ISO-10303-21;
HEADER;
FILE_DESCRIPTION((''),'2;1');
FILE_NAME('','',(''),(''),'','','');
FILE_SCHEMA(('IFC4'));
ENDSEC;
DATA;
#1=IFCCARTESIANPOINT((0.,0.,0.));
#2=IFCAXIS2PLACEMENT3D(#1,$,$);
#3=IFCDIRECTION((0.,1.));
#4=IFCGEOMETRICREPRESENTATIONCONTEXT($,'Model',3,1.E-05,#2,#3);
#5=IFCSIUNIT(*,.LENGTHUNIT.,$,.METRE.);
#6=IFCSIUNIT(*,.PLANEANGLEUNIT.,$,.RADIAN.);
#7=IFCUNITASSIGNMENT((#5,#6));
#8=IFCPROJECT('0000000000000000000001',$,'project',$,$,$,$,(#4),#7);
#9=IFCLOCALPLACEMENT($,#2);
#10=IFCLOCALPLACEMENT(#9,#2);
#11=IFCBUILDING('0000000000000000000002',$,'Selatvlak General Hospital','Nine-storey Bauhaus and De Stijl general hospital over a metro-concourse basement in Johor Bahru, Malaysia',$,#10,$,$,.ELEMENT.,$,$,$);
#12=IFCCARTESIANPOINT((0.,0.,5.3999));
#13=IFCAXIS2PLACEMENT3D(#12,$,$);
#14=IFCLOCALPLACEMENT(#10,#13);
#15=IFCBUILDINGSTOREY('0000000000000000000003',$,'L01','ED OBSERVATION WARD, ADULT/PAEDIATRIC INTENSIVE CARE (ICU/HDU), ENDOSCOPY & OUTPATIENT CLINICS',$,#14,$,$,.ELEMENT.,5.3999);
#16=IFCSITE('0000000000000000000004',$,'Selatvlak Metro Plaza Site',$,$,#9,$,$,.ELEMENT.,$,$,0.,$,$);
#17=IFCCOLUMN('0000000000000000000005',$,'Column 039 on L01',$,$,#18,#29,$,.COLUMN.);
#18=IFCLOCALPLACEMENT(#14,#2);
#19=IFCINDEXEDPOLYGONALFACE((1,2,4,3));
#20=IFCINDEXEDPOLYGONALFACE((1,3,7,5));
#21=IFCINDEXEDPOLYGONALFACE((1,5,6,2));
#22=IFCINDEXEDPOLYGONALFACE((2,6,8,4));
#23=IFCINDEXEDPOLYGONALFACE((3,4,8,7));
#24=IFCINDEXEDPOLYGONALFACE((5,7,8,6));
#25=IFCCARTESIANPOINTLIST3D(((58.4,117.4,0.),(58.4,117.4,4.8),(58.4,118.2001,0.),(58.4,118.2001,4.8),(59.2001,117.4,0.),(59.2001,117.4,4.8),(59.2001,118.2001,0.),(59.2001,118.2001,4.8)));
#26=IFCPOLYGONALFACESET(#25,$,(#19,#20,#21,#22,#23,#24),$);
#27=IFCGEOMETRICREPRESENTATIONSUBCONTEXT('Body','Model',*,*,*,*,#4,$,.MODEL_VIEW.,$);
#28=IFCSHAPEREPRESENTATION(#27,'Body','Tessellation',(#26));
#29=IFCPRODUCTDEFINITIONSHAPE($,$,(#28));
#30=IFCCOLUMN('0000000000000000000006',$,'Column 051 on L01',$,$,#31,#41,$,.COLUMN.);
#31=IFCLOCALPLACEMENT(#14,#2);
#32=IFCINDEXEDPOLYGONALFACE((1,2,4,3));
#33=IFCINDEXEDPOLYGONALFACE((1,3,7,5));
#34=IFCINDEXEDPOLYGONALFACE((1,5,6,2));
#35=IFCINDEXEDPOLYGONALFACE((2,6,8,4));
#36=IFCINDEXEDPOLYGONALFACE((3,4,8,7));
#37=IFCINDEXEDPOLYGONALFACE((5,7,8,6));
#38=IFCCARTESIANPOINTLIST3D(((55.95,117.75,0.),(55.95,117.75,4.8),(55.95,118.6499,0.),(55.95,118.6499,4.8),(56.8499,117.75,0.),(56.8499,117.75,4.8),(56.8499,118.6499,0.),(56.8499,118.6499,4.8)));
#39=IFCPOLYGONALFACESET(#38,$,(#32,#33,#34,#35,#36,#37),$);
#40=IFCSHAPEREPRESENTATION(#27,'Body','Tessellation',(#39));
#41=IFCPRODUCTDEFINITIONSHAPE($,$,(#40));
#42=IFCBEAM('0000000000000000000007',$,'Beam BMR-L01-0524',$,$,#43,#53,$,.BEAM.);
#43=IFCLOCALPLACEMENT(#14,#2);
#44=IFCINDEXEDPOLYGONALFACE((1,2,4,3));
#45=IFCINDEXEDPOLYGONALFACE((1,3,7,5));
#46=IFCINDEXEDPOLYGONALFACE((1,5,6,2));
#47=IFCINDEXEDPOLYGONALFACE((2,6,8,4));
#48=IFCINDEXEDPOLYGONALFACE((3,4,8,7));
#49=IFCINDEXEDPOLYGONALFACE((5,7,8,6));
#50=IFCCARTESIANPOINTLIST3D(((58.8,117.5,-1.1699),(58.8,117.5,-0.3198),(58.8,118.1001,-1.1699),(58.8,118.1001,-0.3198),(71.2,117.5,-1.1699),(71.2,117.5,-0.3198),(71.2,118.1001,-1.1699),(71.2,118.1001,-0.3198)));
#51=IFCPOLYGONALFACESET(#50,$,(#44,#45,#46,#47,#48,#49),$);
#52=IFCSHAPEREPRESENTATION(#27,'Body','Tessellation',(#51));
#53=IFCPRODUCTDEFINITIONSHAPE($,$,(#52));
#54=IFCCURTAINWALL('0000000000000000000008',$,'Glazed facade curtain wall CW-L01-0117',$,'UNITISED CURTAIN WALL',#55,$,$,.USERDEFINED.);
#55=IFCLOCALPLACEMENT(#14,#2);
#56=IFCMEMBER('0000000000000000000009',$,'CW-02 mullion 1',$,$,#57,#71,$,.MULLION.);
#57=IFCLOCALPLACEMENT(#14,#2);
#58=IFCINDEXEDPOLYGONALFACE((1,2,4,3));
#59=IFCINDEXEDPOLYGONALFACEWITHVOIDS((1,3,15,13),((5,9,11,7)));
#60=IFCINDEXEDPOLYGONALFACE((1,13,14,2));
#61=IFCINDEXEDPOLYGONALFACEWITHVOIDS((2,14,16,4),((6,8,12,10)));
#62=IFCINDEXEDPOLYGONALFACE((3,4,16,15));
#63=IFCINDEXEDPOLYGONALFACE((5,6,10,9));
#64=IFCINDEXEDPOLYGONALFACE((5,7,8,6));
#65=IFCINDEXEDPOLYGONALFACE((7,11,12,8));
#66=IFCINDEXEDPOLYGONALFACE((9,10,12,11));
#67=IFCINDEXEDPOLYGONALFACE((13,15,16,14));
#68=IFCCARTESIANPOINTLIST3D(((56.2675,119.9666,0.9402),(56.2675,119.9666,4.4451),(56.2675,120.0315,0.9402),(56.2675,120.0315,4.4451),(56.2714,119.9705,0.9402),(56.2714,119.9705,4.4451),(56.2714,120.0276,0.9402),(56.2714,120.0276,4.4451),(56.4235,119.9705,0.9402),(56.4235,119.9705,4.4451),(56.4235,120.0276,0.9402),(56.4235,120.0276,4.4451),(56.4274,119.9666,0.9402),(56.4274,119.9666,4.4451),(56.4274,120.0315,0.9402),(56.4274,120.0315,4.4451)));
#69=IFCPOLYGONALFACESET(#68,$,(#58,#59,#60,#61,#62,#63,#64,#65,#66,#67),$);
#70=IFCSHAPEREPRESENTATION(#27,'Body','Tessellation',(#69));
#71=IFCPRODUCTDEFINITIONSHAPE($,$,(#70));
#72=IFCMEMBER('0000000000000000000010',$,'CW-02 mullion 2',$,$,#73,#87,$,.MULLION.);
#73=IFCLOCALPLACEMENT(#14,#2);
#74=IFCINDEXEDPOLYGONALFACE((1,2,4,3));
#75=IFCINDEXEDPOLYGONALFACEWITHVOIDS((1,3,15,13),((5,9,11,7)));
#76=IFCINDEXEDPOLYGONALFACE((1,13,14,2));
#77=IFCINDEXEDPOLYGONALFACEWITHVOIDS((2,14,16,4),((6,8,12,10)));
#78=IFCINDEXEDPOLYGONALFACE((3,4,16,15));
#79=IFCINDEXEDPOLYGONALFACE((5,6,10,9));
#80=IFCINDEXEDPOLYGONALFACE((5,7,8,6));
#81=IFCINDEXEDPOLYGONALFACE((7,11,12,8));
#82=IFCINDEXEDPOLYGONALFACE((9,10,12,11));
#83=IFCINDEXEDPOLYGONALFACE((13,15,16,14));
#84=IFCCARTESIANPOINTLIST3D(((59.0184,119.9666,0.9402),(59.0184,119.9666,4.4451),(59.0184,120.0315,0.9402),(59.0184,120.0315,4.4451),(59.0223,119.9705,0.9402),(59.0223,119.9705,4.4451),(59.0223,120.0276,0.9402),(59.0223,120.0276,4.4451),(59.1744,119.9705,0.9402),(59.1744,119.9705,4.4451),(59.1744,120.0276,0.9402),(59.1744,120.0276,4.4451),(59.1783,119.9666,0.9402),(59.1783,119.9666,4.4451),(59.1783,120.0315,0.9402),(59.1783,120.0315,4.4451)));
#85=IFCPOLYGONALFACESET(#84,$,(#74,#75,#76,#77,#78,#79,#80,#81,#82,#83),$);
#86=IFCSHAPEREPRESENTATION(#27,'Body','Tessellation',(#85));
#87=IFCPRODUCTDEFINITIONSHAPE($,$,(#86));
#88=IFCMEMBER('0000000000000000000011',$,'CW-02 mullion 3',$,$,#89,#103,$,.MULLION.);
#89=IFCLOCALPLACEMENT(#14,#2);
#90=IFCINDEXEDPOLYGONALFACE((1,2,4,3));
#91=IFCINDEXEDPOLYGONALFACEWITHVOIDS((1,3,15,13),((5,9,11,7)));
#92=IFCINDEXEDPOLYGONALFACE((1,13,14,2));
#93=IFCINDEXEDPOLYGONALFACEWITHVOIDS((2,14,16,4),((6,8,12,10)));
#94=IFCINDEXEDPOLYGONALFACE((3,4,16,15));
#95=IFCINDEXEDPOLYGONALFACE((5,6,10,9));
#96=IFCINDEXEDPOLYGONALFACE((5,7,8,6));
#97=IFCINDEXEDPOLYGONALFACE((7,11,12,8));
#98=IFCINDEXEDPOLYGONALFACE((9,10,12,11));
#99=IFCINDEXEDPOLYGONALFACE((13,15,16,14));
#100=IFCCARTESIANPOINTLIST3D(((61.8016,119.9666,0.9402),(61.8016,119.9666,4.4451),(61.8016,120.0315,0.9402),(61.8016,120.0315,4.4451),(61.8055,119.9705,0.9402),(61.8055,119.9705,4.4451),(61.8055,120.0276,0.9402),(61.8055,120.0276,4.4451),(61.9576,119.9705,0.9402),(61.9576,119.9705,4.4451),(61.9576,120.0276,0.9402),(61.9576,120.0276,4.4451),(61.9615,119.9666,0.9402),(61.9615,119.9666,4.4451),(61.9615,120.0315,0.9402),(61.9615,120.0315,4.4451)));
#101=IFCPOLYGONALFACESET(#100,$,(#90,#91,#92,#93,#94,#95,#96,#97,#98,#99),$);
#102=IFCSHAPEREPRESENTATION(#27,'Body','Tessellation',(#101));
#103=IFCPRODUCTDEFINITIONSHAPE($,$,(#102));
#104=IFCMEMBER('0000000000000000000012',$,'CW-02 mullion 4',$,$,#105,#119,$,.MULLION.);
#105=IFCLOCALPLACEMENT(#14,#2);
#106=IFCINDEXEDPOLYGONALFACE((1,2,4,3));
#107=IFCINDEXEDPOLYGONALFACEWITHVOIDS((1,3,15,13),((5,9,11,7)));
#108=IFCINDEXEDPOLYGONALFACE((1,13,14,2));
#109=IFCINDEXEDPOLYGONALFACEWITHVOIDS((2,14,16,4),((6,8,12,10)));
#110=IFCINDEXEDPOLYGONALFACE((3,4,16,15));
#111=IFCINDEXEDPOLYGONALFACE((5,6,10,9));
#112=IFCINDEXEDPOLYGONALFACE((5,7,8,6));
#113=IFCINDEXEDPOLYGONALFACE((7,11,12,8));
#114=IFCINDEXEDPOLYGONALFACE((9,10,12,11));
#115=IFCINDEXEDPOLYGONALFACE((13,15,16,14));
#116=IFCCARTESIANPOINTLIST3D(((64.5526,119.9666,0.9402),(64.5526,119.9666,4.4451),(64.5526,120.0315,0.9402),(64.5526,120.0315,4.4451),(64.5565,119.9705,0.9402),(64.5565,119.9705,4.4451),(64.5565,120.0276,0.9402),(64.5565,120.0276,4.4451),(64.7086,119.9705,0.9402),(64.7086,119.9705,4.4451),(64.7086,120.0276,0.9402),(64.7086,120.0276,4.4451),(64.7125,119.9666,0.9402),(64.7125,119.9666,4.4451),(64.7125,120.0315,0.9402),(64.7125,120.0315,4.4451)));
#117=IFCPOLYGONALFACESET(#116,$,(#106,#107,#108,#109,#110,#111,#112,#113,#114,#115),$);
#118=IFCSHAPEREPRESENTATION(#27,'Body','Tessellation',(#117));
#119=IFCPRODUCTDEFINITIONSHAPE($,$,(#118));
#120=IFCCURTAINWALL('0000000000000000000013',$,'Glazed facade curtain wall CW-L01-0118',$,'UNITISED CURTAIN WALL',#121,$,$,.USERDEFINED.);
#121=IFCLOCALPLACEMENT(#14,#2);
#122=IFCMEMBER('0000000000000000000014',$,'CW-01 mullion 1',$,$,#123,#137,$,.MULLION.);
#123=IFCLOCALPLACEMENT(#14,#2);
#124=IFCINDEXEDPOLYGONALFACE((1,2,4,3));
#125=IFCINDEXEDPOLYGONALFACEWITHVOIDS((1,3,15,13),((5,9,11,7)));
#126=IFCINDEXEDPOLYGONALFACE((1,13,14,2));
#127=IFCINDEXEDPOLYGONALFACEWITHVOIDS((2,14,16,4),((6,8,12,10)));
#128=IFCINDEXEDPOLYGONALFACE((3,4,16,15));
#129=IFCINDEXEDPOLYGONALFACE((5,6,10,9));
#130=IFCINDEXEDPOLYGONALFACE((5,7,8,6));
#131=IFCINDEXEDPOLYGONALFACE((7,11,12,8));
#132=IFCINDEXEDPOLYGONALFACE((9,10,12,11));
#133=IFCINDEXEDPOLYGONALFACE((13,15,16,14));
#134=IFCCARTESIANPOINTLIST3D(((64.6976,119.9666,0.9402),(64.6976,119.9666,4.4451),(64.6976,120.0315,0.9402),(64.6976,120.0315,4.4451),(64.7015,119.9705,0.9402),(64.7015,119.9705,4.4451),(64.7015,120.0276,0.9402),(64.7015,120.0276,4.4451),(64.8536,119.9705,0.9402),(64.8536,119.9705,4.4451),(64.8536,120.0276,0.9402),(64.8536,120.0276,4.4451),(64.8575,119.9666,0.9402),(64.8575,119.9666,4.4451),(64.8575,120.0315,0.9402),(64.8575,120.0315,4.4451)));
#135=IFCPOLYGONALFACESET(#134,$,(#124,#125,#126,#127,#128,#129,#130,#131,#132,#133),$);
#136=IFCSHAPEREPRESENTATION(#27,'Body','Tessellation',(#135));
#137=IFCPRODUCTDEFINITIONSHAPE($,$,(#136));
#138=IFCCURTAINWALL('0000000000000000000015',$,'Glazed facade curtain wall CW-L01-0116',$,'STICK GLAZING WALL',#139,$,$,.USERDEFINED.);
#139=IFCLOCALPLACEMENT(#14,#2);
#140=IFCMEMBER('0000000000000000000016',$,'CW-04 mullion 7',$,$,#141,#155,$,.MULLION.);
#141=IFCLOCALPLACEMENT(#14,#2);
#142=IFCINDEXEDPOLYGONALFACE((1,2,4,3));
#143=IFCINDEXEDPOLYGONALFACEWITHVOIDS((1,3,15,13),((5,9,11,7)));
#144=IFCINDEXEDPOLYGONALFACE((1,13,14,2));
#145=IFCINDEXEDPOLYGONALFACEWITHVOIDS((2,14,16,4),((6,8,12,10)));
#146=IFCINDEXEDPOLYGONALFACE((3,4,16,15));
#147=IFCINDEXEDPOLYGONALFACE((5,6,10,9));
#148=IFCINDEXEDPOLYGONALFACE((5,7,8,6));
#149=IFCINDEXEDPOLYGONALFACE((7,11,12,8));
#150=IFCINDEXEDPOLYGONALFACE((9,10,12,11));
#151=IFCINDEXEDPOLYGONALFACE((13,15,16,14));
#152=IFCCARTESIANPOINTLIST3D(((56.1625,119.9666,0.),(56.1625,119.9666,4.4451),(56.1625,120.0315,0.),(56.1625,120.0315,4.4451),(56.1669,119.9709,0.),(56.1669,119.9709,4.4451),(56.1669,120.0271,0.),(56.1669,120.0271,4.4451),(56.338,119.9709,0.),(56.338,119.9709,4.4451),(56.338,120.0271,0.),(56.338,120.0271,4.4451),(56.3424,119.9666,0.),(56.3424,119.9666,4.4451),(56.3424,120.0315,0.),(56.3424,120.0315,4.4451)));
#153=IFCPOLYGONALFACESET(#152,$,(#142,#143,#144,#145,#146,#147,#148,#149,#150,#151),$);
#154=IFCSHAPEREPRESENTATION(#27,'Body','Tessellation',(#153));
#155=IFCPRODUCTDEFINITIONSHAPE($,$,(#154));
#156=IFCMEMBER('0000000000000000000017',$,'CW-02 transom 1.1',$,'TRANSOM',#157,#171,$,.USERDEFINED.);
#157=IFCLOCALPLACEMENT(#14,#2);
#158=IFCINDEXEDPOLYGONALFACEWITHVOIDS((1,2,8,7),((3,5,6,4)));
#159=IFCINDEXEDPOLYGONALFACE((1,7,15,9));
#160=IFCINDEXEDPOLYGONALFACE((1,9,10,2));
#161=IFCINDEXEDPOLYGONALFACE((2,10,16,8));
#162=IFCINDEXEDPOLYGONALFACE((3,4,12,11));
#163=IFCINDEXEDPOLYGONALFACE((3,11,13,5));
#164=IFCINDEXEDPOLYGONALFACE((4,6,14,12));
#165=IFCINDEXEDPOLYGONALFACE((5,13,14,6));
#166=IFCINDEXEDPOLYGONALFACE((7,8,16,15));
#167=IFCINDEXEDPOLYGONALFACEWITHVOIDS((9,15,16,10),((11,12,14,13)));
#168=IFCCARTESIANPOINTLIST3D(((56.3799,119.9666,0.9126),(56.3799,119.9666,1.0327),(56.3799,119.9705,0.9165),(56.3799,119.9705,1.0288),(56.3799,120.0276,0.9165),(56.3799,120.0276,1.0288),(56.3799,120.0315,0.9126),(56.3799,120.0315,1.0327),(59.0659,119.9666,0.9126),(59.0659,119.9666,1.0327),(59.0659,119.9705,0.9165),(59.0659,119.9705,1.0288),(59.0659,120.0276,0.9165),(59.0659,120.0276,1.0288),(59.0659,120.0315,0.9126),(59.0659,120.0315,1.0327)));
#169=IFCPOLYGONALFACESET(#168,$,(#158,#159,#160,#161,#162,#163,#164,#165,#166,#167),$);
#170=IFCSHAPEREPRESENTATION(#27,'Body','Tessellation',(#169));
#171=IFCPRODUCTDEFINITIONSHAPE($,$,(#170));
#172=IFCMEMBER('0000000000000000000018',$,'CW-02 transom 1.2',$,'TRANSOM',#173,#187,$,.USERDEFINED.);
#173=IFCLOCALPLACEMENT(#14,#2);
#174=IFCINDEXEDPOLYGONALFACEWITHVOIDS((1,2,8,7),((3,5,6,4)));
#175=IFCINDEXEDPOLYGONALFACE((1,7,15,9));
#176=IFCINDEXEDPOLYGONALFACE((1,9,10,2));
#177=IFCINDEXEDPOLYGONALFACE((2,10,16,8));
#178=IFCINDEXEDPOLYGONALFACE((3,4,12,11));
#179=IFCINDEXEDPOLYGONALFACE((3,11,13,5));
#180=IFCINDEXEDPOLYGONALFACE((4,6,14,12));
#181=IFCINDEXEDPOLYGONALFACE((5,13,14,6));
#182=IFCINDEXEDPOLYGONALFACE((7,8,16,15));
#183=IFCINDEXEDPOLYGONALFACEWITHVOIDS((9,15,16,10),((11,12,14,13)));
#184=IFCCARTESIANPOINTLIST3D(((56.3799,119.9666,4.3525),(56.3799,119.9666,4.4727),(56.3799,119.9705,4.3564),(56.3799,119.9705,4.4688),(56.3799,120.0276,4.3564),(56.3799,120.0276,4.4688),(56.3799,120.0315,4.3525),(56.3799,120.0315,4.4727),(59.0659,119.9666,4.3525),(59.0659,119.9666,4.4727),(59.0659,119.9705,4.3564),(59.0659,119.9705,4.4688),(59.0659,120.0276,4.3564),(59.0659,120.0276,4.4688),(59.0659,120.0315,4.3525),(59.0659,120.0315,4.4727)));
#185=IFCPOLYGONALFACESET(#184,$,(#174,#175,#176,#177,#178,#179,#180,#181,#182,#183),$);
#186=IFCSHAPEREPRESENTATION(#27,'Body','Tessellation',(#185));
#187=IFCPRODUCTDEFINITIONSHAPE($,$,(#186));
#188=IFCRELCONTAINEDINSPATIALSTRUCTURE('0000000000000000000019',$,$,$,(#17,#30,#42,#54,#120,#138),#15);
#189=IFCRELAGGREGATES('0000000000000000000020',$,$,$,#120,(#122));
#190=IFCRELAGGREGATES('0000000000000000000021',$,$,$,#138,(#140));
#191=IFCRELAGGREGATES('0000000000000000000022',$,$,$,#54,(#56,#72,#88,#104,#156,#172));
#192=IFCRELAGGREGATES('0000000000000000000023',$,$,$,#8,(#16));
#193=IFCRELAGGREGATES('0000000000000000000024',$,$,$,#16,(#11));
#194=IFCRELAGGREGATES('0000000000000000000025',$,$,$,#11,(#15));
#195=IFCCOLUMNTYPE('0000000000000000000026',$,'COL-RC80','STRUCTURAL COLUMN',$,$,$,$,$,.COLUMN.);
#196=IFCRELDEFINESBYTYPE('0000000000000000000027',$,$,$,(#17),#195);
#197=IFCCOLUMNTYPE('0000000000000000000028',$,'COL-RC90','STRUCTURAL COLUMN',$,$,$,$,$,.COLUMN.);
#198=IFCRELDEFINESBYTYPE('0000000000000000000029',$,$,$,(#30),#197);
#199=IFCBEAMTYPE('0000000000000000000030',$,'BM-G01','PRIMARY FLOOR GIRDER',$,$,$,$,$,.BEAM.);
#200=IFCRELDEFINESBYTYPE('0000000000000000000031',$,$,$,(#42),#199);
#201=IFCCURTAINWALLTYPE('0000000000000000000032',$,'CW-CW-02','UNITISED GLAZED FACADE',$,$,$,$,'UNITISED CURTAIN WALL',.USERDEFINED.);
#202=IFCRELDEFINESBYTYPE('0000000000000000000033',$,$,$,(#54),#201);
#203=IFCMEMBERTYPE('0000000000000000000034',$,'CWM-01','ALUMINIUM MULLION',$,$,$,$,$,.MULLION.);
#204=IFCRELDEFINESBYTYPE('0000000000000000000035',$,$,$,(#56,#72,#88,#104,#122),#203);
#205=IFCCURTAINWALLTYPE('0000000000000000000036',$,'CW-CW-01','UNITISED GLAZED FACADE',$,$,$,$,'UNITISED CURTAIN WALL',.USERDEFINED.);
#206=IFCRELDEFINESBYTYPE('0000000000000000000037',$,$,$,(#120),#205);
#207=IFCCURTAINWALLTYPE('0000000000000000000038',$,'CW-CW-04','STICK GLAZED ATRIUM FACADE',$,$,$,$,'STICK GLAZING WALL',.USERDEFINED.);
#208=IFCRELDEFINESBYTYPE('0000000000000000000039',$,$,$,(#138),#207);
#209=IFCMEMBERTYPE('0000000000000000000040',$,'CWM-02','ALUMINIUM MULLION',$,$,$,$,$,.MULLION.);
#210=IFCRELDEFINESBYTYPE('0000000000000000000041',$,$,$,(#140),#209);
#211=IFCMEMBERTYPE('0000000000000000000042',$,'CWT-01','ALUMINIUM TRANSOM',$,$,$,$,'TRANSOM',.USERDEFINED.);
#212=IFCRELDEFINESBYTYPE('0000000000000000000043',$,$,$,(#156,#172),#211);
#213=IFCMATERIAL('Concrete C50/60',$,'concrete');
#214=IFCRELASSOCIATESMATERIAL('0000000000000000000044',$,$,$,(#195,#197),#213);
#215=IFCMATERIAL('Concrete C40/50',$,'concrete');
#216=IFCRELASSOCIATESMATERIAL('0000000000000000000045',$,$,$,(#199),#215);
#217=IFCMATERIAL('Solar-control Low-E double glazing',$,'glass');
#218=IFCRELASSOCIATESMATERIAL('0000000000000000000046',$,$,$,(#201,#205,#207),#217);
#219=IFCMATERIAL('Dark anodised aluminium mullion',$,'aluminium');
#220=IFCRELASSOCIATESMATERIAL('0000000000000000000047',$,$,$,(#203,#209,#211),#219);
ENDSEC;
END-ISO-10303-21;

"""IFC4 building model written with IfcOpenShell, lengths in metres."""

from ifc_helpers import new_model, si_unit, direction, frame, origin, origin_2d, place, context, subcontext, project, spatial, rectangle, hollow_rectangle, extrude, material, material_profile, profile_set, type_object, element, aggregate, save


model = new_model("IFC4")

# Units and contexts
model_context = context("Model", 3, precision=1e-05, world=origin(), true_north=direction((0.0, 1.0)))
body_context = subcontext(model_context, "Body", "Model", "MODEL_VIEW")
ifc_project = project(units=[si_unit("LENGTHUNIT", "METRE"), si_unit("PLANEANGLEUNIT", "RADIAN")], contexts=[model_context])

# Site, building, storey
site_placement = place(None, origin())
site = spatial("IfcSite", under=ifc_project, at=site_placement, Name="Selatvlak Metro Plaza Site", CompositionType="ELEMENT", RefElevation=0.0)
building_placement = place(site_placement, origin())
building = spatial("IfcBuilding", under=site, at=building_placement, Name="Selatvlak General Hospital", Description="Nine-storey Bauhaus and De Stijl general hospital over a metro-concourse basement in Johor Bahru, Malaysia", CompositionType="ELEMENT")
storey_placement = place(building_placement, frame((0.0, 0.0, 5.3999)))
storey = spatial("IfcBuildingStorey", under=building, at=storey_placement, Name="L01", Description="ED OBSERVATION WARD, ADULT/PAEDIATRIC INTENSIVE CARE (ICU/HDU), ENDOSCOPY & OUTPATIENT CLINICS", CompositionType="ELEMENT", Elevation=5.3999)

# Columns
ifc_material_1 = material(Name="Concrete C50/60", Category="concrete")
ifc_material_profile_1 = material_profile(ifc_material_1, rectangle(XDim=0.8, YDim=0.8, at=origin_2d()), Name="RC-COL 800x800")
ifc_profile_set_1 = profile_set([ifc_material_profile_1], Name="Concrete C50/60")
column_type_1 = type_object("IfcColumnType", Name="COL-RC80", Description="STRUCTURAL COLUMN", PredefinedType="COLUMN", material=ifc_profile_set_1)
column_1_placement = place(storey_placement, frame((58.8, 117.8, 0.0), z_axis=(0.0, 0.0, 1.0), x_axis=(1.0, 0.0, 0.0)))
element("IfcColumn", 1, at=column_1_placement, inside=storey, type_object=column_type_1, Name="Column 039 on L01", PredefinedType="COLUMN", context=body_context, shape_type="SweptSolid", body=[
    extrude(rectangle(XDim=0.8, YDim=0.8, at=origin_2d()), origin(), (0.0, 0.0, 1.0), 4.8),
])
ifc_material_profile_2 = material_profile(ifc_material_1, rectangle(XDim=0.8999, YDim=0.8999, at=origin_2d()), Name="RC-COL 900x900")
ifc_profile_set_2 = profile_set([ifc_material_profile_2], Name="Concrete C50/60")
column_type_2 = type_object("IfcColumnType", Name="COL-RC90", Description="STRUCTURAL COLUMN", PredefinedType="COLUMN", material=ifc_profile_set_2)
column_2_placement = place(storey_placement, frame((56.3999, 118.2, 0.0), z_axis=(0.0, 0.0, 1.0), x_axis=(1.0, 0.0, 0.0)))
element("IfcColumn", 2, at=column_2_placement, inside=storey, type_object=column_type_2, Name="Column 051 on L01", PredefinedType="COLUMN", context=body_context, shape_type="SweptSolid", body=[
    extrude(rectangle(XDim=0.8999, YDim=0.8999, at=origin_2d()), origin(), (0.0, 0.0, 1.0), 4.8),
])

# Beam
ifc_material_2 = material(Name="Concrete C40/50", Category="concrete")
ifc_material_profile_3 = material_profile(ifc_material_2, rectangle(XDim=0.6001, YDim=0.8501, at=origin_2d()), Name="RC-BM 600x850")
ifc_profile_set_3 = profile_set([ifc_material_profile_3], Name="Concrete C40/50")
beam_type = type_object("IfcBeamType", Name="BM-G01", Description="PRIMARY FLOOR GIRDER", PredefinedType="BEAM", material=ifc_profile_set_3)
beam_placement = place(storey_placement, frame((58.8, 117.8, -0.7449), z_axis=(1.0, 0.0, 0.0), x_axis=(0.0, 1.0, 0.0)))
element("IfcBeam", 3, at=beam_placement, inside=storey, type_object=beam_type, Name="Beam BMR-L01-0524", PredefinedType="BEAM", context=body_context, shape_type="SweptSolid", body=[
    extrude(rectangle(XDim=0.6001, YDim=0.8501, at=origin_2d()), origin(), (0.0, 0.0, 1.0), 12.3999),
])

# Curtain wall, members
ifc_material_3 = material(Name="Solar-control Low-E double glazing", Category="glass")
curtain_wall_type_1 = type_object("IfcCurtainWallType", Name="CW-CW-02", Description="UNITISED GLAZED FACADE", ElementType="UNITISED CURTAIN WALL", PredefinedType="USERDEFINED", material=ifc_material_3)
curtain_wall_1_placement = place(storey_placement, origin())
curtain_wall_1 = element("IfcCurtainWall", 4, at=curtain_wall_1_placement, inside=storey, type_object=curtain_wall_type_1, Name="Glazed facade curtain wall CW-L01-0117", ObjectType="UNITISED CURTAIN WALL", PredefinedType="USERDEFINED")
ifc_material_4 = material(Name="Dark anodised aluminium mullion", Category="aluminium")
ifc_material_profile_4 = material_profile(ifc_material_4, hollow_rectangle(XDim=0.0649, YDim=0.1599, WallThickness=0.0039, at=origin_2d()), Name="AL-MUL 65x160x4")
ifc_profile_set_4 = profile_set([ifc_material_profile_4], Name="Dark anodised aluminium mullion")
member_type_1 = type_object("IfcMemberType", Name="CWM-01", Description="ALUMINIUM MULLION", PredefinedType="MULLION", material=ifc_profile_set_4)
member_1_placement = place(storey_placement, frame((56.3474, 119.999, 0.9402), z_axis=(0.0, 0.0, 1.0), x_axis=(0.0, 1.0, 0.0)))
member_1 = element("IfcMember", 5, at=member_1_placement, type_object=member_type_1, Name="CW-02 mullion 1", PredefinedType="MULLION", context=body_context, shape_type="SweptSolid", body=[
    extrude(hollow_rectangle(XDim=0.0649, YDim=0.1599, WallThickness=0.0039, at=origin_2d()), origin(), (0.0, 0.0, 1.0), 3.5049),
])
member_2_placement = place(storey_placement, frame((59.0984, 119.999, 0.9402), z_axis=(0.0, 0.0, 1.0), x_axis=(0.0, 1.0, 0.0)))
member_2 = element("IfcMember", 6, at=member_2_placement, type_object=member_type_1, Name="CW-02 mullion 2", PredefinedType="MULLION", context=body_context, shape_type="SweptSolid", body=[
    extrude(hollow_rectangle(XDim=0.0649, YDim=0.1599, WallThickness=0.0039, at=origin_2d()), origin(), (0.0, 0.0, 1.0), 3.5049),
])
member_3_placement = place(storey_placement, frame((61.8816, 119.999, 0.9402), z_axis=(0.0, 0.0, 1.0), x_axis=(0.0, 1.0, 0.0)))
member_3 = element("IfcMember", 7, at=member_3_placement, type_object=member_type_1, Name="CW-02 mullion 3", PredefinedType="MULLION", context=body_context, shape_type="SweptSolid", body=[
    extrude(hollow_rectangle(XDim=0.0649, YDim=0.1599, WallThickness=0.0039, at=origin_2d()), origin(), (0.0, 0.0, 1.0), 3.5049),
])
member_4_placement = place(storey_placement, frame((64.6326, 119.999, 0.9402), z_axis=(0.0, 0.0, 1.0), x_axis=(0.0, 1.0, 0.0)))
member_4 = element("IfcMember", 8, at=member_4_placement, type_object=member_type_1, Name="CW-02 mullion 4", PredefinedType="MULLION", context=body_context, shape_type="SweptSolid", body=[
    extrude(hollow_rectangle(XDim=0.0649, YDim=0.1599, WallThickness=0.0039, at=origin_2d()), origin(), (0.0, 0.0, 1.0), 3.5049),
])

# Curtain walls, members
curtain_wall_type_2 = type_object("IfcCurtainWallType", Name="CW-CW-01", Description="UNITISED GLAZED FACADE", ElementType="UNITISED CURTAIN WALL", PredefinedType="USERDEFINED", material=ifc_material_3)
curtain_wall_2_placement = place(storey_placement, origin())
curtain_wall_2 = element("IfcCurtainWall", 9, at=curtain_wall_2_placement, inside=storey, type_object=curtain_wall_type_2, Name="Glazed facade curtain wall CW-L01-0118", ObjectType="UNITISED CURTAIN WALL", PredefinedType="USERDEFINED")
member_5_placement = place(storey_placement, frame((64.7776, 119.999, 0.9402), z_axis=(0.0, 0.0, 1.0), x_axis=(0.0, 1.0, 0.0)))
member_5 = element("IfcMember", 10, at=member_5_placement, type_object=member_type_1, Name="CW-01 mullion 1", PredefinedType="MULLION", context=body_context, shape_type="SweptSolid", body=[
    extrude(hollow_rectangle(XDim=0.0649, YDim=0.1599, WallThickness=0.0039, at=origin_2d()), origin(), (0.0, 0.0, 1.0), 3.5049),
])
aggregate(curtain_wall_2, [member_5])
curtain_wall_type_3 = type_object("IfcCurtainWallType", Name="CW-CW-04", Description="STICK GLAZED ATRIUM FACADE", ElementType="STICK GLAZING WALL", PredefinedType="USERDEFINED", material=ifc_material_3)
curtain_wall_3_placement = place(storey_placement, origin())
curtain_wall_3 = element("IfcCurtainWall", 11, at=curtain_wall_3_placement, inside=storey, type_object=curtain_wall_type_3, Name="Glazed facade curtain wall CW-L01-0116", ObjectType="STICK GLAZING WALL", PredefinedType="USERDEFINED")
ifc_material_profile_5 = material_profile(ifc_material_4, hollow_rectangle(XDim=0.0649, YDim=0.1799, WallThickness=0.0044, at=origin_2d()), Name="AL-MUL 65x180x4.5")
ifc_profile_set_5 = profile_set([ifc_material_profile_5], Name="Dark anodised aluminium mullion")
member_type_2 = type_object("IfcMemberType", Name="CWM-02", Description="ALUMINIUM MULLION", PredefinedType="MULLION", material=ifc_profile_set_5)
member_6_placement = place(storey_placement, frame((56.2524, 119.999, 0.0), z_axis=(0.0, 0.0, 1.0), x_axis=(0.0, 1.0, 0.0)))
member_6 = element("IfcMember", 12, at=member_6_placement, type_object=member_type_2, Name="CW-04 mullion 7", PredefinedType="MULLION", context=body_context, shape_type="SweptSolid", body=[
    extrude(hollow_rectangle(XDim=0.0649, YDim=0.1799, WallThickness=0.0044, at=origin_2d()), origin(), (0.0, 0.0, 1.0), 4.4451),
])

# Members
ifc_material_profile_6 = material_profile(ifc_material_4, hollow_rectangle(XDim=0.0649, YDim=0.1201, WallThickness=0.0039, at=origin_2d()), Name="AL-TRN 65x120x4")
ifc_profile_set_6 = profile_set([ifc_material_profile_6], Name="Dark anodised aluminium mullion")
member_type_3 = type_object("IfcMemberType", Name="CWT-01", Description="ALUMINIUM TRANSOM", ElementType="TRANSOM", PredefinedType="USERDEFINED", material=ifc_profile_set_6)
member_7_placement = place(storey_placement, frame((56.3799, 119.999, 0.9727), z_axis=(1.0, 0.0, 0.0), x_axis=(0.0, 1.0, 0.0)))
member_7 = element("IfcMember", 13, at=member_7_placement, type_object=member_type_3, Name="CW-02 transom 1.1", ObjectType="TRANSOM", PredefinedType="USERDEFINED", context=body_context, shape_type="SweptSolid", body=[
    extrude(hollow_rectangle(XDim=0.0649, YDim=0.1201, WallThickness=0.0039, at=origin_2d()), origin(), (0.0, 0.0, 1.0), 2.686),
])
member_8_placement = place(storey_placement, frame((56.3799, 119.999, 4.4126), z_axis=(1.0, 0.0, 0.0), x_axis=(0.0, 1.0, 0.0)))
member_8 = element("IfcMember", 14, at=member_8_placement, type_object=member_type_3, Name="CW-02 transom 1.2", ObjectType="TRANSOM", PredefinedType="USERDEFINED", context=body_context, shape_type="SweptSolid", body=[
    extrude(hollow_rectangle(XDim=0.0649, YDim=0.1201, WallThickness=0.0039, at=origin_2d()), origin(), (0.0, 0.0, 1.0), 2.686),
])

aggregate(curtain_wall_3, [member_6])
aggregate(curtain_wall_1, [member_1, member_2, member_3, member_4, member_7, member_8])

save(model, "model.ifc")
